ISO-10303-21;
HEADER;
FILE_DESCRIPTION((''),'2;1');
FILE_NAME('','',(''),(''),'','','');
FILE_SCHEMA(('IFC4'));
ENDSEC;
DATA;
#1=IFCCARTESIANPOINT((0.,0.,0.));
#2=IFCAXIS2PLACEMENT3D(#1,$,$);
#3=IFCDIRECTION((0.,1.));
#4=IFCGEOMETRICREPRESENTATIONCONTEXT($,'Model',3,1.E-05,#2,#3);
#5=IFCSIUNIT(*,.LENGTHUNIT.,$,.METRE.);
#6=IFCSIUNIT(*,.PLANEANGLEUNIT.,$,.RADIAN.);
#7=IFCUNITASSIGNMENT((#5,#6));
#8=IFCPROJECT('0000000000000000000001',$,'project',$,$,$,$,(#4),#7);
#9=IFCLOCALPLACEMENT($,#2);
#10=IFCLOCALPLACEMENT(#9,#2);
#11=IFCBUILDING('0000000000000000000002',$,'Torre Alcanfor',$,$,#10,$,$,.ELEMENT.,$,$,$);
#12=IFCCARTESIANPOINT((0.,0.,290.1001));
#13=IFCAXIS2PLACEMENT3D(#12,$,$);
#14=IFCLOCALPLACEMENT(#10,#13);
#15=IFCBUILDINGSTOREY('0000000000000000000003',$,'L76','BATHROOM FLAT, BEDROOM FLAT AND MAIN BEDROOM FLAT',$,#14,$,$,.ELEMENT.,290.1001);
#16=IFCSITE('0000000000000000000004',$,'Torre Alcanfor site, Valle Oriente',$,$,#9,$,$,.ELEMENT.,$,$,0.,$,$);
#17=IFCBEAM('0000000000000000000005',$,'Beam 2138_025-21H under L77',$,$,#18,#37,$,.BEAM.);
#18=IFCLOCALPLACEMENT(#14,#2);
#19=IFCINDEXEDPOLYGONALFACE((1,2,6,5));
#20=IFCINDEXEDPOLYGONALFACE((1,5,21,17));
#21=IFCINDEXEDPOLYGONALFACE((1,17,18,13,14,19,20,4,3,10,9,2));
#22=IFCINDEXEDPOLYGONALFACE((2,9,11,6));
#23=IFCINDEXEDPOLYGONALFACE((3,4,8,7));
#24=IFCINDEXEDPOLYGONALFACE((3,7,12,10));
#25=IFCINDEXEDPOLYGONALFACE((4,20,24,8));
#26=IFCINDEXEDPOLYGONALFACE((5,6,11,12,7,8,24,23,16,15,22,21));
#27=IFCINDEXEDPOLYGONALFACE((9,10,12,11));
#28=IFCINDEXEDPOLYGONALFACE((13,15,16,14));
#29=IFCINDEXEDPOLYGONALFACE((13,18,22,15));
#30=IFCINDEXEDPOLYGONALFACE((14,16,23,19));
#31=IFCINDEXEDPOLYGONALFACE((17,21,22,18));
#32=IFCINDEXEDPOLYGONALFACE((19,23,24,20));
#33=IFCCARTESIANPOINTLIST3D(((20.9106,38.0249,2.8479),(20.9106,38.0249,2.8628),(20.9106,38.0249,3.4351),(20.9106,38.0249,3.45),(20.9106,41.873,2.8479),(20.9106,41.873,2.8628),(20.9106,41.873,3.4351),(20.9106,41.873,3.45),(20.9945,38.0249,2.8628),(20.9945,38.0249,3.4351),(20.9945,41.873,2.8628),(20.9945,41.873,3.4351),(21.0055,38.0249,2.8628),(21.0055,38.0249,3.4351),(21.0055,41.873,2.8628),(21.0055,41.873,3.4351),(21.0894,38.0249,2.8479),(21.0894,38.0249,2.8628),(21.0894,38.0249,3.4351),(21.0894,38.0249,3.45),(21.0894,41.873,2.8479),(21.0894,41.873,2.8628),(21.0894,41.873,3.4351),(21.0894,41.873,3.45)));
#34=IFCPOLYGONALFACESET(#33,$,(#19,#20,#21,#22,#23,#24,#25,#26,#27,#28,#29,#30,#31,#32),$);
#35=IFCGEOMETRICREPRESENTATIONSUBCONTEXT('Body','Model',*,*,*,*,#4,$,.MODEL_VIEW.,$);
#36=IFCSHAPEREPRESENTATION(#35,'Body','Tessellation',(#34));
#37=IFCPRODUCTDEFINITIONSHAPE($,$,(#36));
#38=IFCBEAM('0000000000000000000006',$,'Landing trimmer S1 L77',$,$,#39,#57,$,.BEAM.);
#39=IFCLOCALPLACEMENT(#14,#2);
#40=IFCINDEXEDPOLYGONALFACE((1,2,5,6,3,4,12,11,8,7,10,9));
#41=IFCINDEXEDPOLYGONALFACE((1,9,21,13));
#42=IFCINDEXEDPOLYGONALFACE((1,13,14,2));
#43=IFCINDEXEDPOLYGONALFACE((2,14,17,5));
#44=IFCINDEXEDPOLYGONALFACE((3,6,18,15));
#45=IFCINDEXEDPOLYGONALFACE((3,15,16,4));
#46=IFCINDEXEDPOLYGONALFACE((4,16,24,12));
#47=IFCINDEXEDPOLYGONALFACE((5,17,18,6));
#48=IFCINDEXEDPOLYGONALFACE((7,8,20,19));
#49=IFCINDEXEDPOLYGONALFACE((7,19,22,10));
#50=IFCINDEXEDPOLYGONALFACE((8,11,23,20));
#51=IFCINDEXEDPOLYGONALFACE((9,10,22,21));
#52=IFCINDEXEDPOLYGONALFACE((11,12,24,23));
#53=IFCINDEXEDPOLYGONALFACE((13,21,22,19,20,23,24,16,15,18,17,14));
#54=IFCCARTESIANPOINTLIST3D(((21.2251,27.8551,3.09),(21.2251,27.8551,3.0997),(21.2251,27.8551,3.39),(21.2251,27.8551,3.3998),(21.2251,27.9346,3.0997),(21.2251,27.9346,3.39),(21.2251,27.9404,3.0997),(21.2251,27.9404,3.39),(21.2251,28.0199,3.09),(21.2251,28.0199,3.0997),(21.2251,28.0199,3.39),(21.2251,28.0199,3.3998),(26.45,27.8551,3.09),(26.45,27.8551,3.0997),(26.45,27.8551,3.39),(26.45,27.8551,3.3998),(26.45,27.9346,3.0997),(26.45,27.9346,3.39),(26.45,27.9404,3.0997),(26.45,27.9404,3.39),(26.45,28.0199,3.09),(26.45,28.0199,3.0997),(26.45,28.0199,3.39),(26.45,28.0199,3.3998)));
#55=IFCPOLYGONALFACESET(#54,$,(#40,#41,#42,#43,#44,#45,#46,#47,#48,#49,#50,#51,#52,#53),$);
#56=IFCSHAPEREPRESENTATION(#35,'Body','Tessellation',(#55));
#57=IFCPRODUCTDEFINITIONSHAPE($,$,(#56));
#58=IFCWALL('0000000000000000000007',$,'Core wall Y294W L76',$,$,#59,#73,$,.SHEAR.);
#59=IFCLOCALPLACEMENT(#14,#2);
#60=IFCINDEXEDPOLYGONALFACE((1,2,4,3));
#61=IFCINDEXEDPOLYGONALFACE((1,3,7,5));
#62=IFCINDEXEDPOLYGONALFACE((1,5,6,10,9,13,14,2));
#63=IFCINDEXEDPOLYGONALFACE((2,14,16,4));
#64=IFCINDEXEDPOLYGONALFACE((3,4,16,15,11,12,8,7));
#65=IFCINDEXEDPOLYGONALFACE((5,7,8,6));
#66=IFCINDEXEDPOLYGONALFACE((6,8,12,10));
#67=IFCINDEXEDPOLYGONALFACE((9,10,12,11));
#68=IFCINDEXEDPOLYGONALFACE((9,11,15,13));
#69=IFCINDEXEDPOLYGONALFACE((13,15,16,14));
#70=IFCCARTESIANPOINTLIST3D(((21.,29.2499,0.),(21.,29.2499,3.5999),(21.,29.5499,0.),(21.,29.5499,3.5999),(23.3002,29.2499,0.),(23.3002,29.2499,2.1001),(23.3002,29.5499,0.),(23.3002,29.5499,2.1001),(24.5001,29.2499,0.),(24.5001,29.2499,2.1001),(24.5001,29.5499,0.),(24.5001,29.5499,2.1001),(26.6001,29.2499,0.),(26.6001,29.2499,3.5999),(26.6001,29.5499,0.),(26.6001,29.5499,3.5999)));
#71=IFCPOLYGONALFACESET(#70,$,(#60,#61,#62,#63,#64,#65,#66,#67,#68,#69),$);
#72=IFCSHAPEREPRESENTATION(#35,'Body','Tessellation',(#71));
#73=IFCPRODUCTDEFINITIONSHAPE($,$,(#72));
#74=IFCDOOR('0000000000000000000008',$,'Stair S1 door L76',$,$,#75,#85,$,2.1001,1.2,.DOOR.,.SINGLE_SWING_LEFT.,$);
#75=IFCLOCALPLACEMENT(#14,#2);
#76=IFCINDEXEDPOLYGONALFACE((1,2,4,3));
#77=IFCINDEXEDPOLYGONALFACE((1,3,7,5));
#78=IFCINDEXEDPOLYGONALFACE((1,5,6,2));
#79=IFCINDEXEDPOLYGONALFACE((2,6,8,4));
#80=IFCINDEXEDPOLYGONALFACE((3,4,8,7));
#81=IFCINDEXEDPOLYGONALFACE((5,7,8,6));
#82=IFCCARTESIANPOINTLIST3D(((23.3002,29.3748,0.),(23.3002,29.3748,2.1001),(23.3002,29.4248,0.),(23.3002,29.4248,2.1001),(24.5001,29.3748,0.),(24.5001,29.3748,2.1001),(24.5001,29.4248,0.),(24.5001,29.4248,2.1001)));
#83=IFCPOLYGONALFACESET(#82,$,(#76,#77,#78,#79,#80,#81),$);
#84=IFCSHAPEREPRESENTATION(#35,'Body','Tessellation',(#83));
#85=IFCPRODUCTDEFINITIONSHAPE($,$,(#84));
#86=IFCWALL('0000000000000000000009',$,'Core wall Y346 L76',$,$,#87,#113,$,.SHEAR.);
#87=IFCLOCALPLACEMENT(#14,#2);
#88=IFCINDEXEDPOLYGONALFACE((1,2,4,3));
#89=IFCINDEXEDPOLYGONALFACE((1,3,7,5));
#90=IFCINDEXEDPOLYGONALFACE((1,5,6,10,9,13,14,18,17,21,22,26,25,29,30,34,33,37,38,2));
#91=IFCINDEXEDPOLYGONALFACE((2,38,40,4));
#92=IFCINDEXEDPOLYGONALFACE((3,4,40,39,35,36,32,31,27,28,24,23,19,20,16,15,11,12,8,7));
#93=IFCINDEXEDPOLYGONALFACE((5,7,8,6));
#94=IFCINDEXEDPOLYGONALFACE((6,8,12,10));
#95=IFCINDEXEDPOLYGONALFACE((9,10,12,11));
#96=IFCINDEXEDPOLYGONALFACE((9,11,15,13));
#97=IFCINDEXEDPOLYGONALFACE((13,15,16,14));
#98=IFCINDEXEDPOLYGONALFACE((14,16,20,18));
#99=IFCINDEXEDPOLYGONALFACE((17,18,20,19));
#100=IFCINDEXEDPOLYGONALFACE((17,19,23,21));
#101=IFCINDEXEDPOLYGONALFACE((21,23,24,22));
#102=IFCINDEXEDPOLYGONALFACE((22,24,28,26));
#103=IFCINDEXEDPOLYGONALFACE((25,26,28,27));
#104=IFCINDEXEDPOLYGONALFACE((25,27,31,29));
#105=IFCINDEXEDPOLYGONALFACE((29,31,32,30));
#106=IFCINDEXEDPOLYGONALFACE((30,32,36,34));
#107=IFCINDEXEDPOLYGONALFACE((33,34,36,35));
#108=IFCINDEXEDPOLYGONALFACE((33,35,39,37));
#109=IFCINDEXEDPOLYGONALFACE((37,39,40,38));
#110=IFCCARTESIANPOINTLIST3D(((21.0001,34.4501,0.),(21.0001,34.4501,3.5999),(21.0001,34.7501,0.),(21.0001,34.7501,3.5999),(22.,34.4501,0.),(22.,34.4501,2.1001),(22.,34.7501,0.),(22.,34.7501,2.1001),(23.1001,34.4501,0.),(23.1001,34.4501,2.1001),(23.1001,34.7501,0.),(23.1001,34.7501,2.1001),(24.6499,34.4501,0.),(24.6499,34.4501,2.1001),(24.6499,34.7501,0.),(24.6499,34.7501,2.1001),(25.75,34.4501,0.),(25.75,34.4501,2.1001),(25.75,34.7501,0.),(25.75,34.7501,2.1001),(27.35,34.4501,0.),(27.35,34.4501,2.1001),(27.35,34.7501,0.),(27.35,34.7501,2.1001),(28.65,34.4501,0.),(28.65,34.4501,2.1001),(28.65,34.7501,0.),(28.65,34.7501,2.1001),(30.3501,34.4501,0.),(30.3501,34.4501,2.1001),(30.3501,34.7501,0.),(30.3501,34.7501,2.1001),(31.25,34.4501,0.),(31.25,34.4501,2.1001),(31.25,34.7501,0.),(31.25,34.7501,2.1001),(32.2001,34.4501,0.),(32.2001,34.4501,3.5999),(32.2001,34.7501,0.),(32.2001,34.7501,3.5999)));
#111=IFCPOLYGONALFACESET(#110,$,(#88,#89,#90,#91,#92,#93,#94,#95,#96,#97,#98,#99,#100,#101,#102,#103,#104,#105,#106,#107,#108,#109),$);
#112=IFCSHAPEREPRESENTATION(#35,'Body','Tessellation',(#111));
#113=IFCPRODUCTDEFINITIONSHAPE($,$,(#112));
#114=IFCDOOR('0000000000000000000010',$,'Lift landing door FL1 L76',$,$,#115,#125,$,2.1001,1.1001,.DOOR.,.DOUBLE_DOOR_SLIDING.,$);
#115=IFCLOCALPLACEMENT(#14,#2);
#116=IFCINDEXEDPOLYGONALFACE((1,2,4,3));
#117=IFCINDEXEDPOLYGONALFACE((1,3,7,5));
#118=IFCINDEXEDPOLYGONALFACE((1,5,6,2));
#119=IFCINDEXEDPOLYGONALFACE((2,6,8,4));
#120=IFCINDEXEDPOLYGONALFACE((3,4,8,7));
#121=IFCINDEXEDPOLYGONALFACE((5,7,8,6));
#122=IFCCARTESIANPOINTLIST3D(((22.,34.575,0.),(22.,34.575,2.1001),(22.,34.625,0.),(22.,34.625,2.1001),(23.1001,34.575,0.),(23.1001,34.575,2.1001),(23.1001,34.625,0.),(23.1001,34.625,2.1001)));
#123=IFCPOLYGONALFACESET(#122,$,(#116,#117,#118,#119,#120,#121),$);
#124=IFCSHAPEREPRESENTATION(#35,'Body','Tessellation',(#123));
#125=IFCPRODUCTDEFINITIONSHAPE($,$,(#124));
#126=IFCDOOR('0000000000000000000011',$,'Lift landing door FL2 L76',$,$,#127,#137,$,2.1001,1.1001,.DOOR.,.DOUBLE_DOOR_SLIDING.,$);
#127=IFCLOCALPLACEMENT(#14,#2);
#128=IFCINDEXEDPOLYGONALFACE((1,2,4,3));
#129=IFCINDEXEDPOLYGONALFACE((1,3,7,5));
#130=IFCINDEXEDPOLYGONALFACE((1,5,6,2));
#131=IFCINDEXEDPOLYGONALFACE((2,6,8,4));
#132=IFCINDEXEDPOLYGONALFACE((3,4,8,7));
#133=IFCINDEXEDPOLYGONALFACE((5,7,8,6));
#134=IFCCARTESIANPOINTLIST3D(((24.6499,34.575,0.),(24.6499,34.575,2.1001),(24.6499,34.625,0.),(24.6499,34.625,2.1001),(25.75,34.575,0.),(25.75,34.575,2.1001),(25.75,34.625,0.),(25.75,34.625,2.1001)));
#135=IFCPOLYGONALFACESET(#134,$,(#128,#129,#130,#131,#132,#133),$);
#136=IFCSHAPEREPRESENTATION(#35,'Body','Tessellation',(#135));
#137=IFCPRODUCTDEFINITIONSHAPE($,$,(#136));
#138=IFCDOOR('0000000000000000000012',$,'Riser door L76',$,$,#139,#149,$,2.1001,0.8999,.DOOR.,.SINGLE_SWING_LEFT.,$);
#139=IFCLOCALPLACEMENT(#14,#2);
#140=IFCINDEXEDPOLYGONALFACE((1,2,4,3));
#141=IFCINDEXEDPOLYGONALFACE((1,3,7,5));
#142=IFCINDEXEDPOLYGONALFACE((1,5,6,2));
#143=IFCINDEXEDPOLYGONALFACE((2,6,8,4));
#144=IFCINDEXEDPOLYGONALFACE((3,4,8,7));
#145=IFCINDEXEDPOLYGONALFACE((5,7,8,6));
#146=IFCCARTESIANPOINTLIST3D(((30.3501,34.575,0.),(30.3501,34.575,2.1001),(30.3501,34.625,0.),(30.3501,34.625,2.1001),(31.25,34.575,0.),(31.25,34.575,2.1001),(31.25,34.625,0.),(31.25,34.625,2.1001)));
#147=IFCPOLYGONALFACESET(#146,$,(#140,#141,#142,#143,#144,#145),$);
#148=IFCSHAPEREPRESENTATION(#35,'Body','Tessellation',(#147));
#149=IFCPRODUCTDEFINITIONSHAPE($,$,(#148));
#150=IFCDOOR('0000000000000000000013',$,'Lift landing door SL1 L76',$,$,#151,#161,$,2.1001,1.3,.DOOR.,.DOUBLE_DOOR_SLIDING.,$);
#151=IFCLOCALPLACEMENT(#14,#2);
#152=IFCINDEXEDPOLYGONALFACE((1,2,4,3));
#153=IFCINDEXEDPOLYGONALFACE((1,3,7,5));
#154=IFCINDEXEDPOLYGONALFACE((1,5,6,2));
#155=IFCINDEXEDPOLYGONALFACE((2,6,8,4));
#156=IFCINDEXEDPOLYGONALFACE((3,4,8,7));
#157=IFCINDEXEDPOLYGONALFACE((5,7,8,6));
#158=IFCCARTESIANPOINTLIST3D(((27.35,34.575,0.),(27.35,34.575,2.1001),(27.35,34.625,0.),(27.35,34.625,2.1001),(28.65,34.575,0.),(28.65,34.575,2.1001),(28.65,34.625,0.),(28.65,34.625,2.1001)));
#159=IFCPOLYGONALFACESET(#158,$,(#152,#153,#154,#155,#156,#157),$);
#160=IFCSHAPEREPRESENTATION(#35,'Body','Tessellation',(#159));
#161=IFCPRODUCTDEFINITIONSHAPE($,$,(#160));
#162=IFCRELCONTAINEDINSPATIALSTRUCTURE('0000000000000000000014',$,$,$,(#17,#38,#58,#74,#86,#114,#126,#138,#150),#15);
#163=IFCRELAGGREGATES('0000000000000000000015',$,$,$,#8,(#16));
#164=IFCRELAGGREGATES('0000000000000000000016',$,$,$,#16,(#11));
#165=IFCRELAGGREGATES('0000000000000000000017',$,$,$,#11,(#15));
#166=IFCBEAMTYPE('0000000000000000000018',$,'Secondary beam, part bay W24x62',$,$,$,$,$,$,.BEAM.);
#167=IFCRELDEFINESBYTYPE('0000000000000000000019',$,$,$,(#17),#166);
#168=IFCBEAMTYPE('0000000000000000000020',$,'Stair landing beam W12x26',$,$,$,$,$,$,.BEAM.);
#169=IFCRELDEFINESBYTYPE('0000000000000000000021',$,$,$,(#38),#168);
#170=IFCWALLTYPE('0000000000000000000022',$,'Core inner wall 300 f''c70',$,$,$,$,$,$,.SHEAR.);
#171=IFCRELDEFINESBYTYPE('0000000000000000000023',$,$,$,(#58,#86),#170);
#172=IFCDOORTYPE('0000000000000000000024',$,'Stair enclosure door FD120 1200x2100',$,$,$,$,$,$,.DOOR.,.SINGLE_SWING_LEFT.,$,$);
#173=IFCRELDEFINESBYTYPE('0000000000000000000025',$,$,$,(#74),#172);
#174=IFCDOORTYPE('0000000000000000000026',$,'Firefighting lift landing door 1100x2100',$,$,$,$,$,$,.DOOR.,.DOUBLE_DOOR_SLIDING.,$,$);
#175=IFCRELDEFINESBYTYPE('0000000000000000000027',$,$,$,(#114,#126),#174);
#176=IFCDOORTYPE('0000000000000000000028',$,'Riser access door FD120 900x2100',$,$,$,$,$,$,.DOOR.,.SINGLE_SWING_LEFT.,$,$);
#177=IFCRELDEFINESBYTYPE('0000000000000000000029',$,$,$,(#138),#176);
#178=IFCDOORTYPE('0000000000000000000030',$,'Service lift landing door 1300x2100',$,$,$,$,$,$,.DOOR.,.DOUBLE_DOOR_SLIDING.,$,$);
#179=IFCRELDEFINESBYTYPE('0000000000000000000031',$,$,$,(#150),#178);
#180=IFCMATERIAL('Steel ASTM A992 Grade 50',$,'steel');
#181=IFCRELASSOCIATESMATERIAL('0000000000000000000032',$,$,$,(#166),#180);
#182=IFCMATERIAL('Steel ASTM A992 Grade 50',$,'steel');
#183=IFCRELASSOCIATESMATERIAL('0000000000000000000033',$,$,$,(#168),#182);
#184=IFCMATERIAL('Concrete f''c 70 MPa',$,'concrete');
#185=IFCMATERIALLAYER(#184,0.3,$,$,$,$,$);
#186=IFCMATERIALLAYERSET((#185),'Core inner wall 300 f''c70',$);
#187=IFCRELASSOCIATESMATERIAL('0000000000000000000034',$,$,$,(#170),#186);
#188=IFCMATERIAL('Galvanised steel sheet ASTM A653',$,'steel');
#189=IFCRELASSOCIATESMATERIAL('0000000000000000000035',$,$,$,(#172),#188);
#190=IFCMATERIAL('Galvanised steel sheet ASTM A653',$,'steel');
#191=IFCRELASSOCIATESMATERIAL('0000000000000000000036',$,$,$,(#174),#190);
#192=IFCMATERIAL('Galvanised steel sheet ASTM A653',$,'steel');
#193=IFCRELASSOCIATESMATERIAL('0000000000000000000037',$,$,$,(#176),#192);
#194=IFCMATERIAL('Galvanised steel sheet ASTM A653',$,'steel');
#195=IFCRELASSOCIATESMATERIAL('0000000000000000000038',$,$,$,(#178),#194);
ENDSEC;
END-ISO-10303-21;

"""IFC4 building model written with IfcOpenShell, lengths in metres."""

from ifc_helpers import new_model, si_unit, direction, frame, frame_2d, origin, origin_2d, place, context, subcontext, project, spatial, rectangle, i_section, extrude, material, layer, layer_set, material_profile, profile_set, type_object, element, fill, save


model = new_model("IFC4")

# Units and contexts
model_context = context("Model", 3, precision=1e-05, world=origin(), true_north=direction((0.0, 1.0)))
body_context = subcontext(model_context, "Body", "Model", "MODEL_VIEW")
ifc_project = project(units=[si_unit("LENGTHUNIT", "METRE"), si_unit("PLANEANGLEUNIT", "RADIAN")], contexts=[model_context])

# Site, building, storey
site_placement = place(None, origin())
site = spatial("IfcSite", under=ifc_project, at=site_placement, Name="Torre Alcanfor site, Valle Oriente", CompositionType="ELEMENT", RefElevation=0.0)
building_placement = place(site_placement, origin())
building = spatial("IfcBuilding", under=site, at=building_placement, Name="Torre Alcanfor", CompositionType="ELEMENT")
storey_placement = place(building_placement, frame((0.0, 0.0, 290.1001)))
storey = spatial("IfcBuildingStorey", under=building, at=storey_placement, Name="L76", Description="BATHROOM FLAT, BEDROOM FLAT AND MAIN BEDROOM FLAT", CompositionType="ELEMENT", Elevation=290.1001)

# Beams
ifc_material_1 = material(Name="Steel ASTM A992 Grade 50", Category="steel")
ifc_material_profile_1 = material_profile(ifc_material_1, i_section(OverallWidth=0.1787, OverallDepth=0.6021, WebThickness=0.011, FlangeThickness=0.0149, at=origin_2d()), Name="W24x62")
ifc_profile_set_1 = profile_set([ifc_material_profile_1], Name="Steel ASTM A992 Grade 50")
beam_type_1 = type_object("IfcBeamType", Name="Secondary beam, part bay W24x62", PredefinedType="BEAM", material=ifc_profile_set_1)
beam_1_placement = place(storey_placement, frame((21.0, 38.0249, 3.1489), z_axis=(0.0, 1.0, 0.0), x_axis=(-1.0, 0.0, 0.0)))
element("IfcBeam", 1, at=beam_1_placement, inside=storey, type_object=beam_type_1, Name="Beam 2138_025-21H under L77", PredefinedType="BEAM", context=body_context, shape_type="SweptSolid", body=[
    extrude(i_section(OverallWidth=0.1787, OverallDepth=0.6021, WebThickness=0.011, FlangeThickness=0.0149, at=origin_2d()), origin(), (0.0, 0.0, 1.0), 3.8481),
])
ifc_material_2 = material(Name="Steel ASTM A992 Grade 50", Category="steel")
ifc_material_profile_2 = material_profile(ifc_material_2, i_section(OverallWidth=0.1648, OverallDepth=0.3098, WebThickness=0.0059, FlangeThickness=0.0098, at=origin_2d()), Name="W12x26")
ifc_profile_set_2 = profile_set([ifc_material_profile_2], Name="Steel ASTM A992 Grade 50")
beam_type_2 = type_object("IfcBeamType", Name="Stair landing beam W12x26", PredefinedType="BEAM", material=ifc_profile_set_2)
beam_2_placement = place(storey_placement, frame((21.2251, 27.9375, 3.2449), z_axis=(1.0, 0.0, 0.0), x_axis=(0.0, 1.0, 0.0)))
element("IfcBeam", 2, at=beam_2_placement, inside=storey, type_object=beam_type_2, Name="Landing trimmer S1 L77", PredefinedType="BEAM", context=body_context, shape_type="SweptSolid", body=[
    extrude(i_section(OverallWidth=0.1648, OverallDepth=0.3098, WebThickness=0.0059, FlangeThickness=0.0098, at=origin_2d()), origin(), (0.0, 0.0, 1.0), 5.2249),
])

# Wall, opening, door
ifc_material_3 = material(Name="Concrete f'c 70 MPa", Category="concrete")
ifc_layer_1 = layer(ifc_material_3, 0.3)
ifc_layer_set_1 = layer_set([ifc_layer_1], Name="Core inner wall 300 f'c70")
wall_type_1 = type_object("IfcWallType", Name="Core inner wall 300 f'c70", PredefinedType="SHEAR", material=ifc_layer_set_1)
wall_1_placement = place(storey_placement, frame((21.0, 29.3999, 0.0), z_axis=(0.0, 0.0, 1.0), x_axis=(1.0, 0.0, 0.0)))
wall_1 = element("IfcWall", 3, at=wall_1_placement, inside=storey, type_object=wall_type_1, Name="Core wall Y294W L76", PredefinedType="SHEAR", context=body_context, shape_type="SweptSolid", body=[
    extrude(rectangle(XDim=5.6001, YDim=0.3, at=frame_2d((2.8, 0.0))), origin(), (0.0, 0.0, 1.0), 3.5999),
])
opening_1_placement = place(wall_1_placement, frame((2.3, 0.0, 0.0)))
opening_1 = element("IfcOpeningElement", 4, at=opening_1_placement, cuts=wall_1, PredefinedType="OPENING", context=body_context, shape_type="SweptSolid", body=[
    extrude(rectangle(XDim=1.2, YDim=2.1001, at=frame_2d((0.6001, 1.05))), frame((0.0, 0.1599, 0.0), z_axis=(0.0, -1.0, 0.0), x_axis=(1.0, 0.0, 0.0)), (0.0, 0.0, 1.0), 0.3201),
])
ifc_material_4 = material(Name="Galvanised steel sheet ASTM A653", Category="steel")
door_type_1 = type_object("IfcDoorType", Name="Stair enclosure door FD120 1200x2100", OperationType="SINGLE_SWING_LEFT", PredefinedType="DOOR", material=ifc_material_4)
door_1_placement = place(opening_1_placement, frame((1.2, 0.0, 0.0), z_axis=(0.0, 0.0, 1.0), x_axis=(-1.0, 0.0, 0.0)))
door_1 = element("IfcDoor", 5, at=door_1_placement, inside=storey, type_object=door_type_1, Name="Stair S1 door L76", OperationType="SINGLE_SWING_LEFT", OverallHeight=2.1001, OverallWidth=1.2, PredefinedType="DOOR", context=body_context, shape_type="SweptSolid", body=[
    extrude(rectangle(XDim=1.2, YDim=2.1001, at=frame_2d((0.5999, 1.05))), frame((0.0, 0.0251, 0.0), z_axis=(0.0, -1.0, 0.0), x_axis=(1.0, 0.0, 0.0)), (0.0, 0.0, 1.0), 0.05),
])
fill(opening_1, door_1)

# Wall, openings, doors
wall_2_placement = place(storey_placement, frame((21.0, 34.6001, 0.0), z_axis=(0.0, 0.0, 1.0), x_axis=(1.0, 0.0, 0.0)))
wall_2 = element("IfcWall", 6, at=wall_2_placement, inside=storey, type_object=wall_type_1, Name="Core wall Y346 L76", PredefinedType="SHEAR", context=body_context, shape_type="SweptSolid", body=[
    extrude(rectangle(XDim=11.2, YDim=0.3, at=frame_2d((5.6001, 0.0))), origin(), (0.0, 0.0, 1.0), 3.5999),
])
opening_2_placement = place(wall_2_placement, frame((9.3501, 0.0, 0.0)))
opening_2 = element("IfcOpeningElement", 7, at=opening_2_placement, cuts=wall_2, PredefinedType="OPENING", context=body_context, shape_type="SweptSolid", body=[
    extrude(rectangle(XDim=0.8999, YDim=2.1001, at=frame_2d((0.45, 1.05))), frame((0.0, 0.1599, 0.0), z_axis=(0.0, -1.0, 0.0), x_axis=(1.0, 0.0, 0.0)), (0.0, 0.0, 1.0), 0.3201),
])
opening_3_placement = place(wall_2_placement, frame((1.0, 0.0, 0.0)))
opening_3 = element("IfcOpeningElement", 8, at=opening_3_placement, cuts=wall_2, PredefinedType="OPENING", context=body_context, shape_type="SweptSolid", body=[
    extrude(rectangle(XDim=1.1001, YDim=2.1001, at=frame_2d((0.55, 1.05))), frame((0.0, 0.1599, 0.0), z_axis=(0.0, -1.0, 0.0), x_axis=(1.0, 0.0, 0.0)), (0.0, 0.0, 1.0), 0.3201),
])
opening_4_placement = place(wall_2_placement, frame((3.6499, 0.0, 0.0)))
opening_4 = element("IfcOpeningElement", 9, at=opening_4_placement, cuts=wall_2, PredefinedType="OPENING", context=body_context, shape_type="SweptSolid", body=[
    extrude(rectangle(XDim=1.1001, YDim=2.1001, at=frame_2d((0.55, 1.05))), frame((0.0, 0.1599, 0.0), z_axis=(0.0, -1.0, 0.0), x_axis=(1.0, 0.0, 0.0)), (0.0, 0.0, 1.0), 0.3201),
])
opening_5_placement = place(wall_2_placement, frame((6.3501, 0.0, 0.0)))
opening_5 = element("IfcOpeningElement", 10, at=opening_5_placement, cuts=wall_2, PredefinedType="OPENING", context=body_context, shape_type="SweptSolid", body=[
    extrude(rectangle(XDim=1.3, YDim=2.1001, at=frame_2d((0.6499, 1.05))), frame((0.0, 0.1599, 0.0), z_axis=(0.0, -1.0, 0.0), x_axis=(1.0, 0.0, 0.0)), (0.0, 0.0, 1.0), 0.3201),
])
ifc_material_5 = material(Name="Galvanised steel sheet ASTM A653", Category="steel")
door_type_2 = type_object("IfcDoorType", Name="Firefighting lift landing door 1100x2100", OperationType="DOUBLE_DOOR_SLIDING", PredefinedType="DOOR", material=ifc_material_5)
door_2_placement = place(opening_3_placement, origin())
door_2 = element("IfcDoor", 11, at=door_2_placement, inside=storey, type_object=door_type_2, Name="Lift landing door FL1 L76", OperationType="DOUBLE_DOOR_SLIDING", OverallHeight=2.1001, OverallWidth=1.1001, PredefinedType="DOOR", context=body_context, shape_type="SweptSolid", body=[
    extrude(rectangle(XDim=1.1001, YDim=2.1001, at=frame_2d((0.55, 1.05))), frame((0.0, 0.0249, 0.0), z_axis=(0.0, -1.0, 0.0), x_axis=(1.0, 0.0, 0.0)), (0.0, 0.0, 1.0), 0.05),
])
fill(opening_3, door_2)
door_3_placement = place(opening_4_placement, origin())
door_3 = element("IfcDoor", 12, at=door_3_placement, inside=storey, type_object=door_type_2, Name="Lift landing door FL2 L76", OperationType="DOUBLE_DOOR_SLIDING", OverallHeight=2.1001, OverallWidth=1.1001, PredefinedType="DOOR", context=body_context, shape_type="SweptSolid", body=[
    extrude(rectangle(XDim=1.1001, YDim=2.1001, at=frame_2d((0.55, 1.05))), frame((0.0, 0.0249, 0.0), z_axis=(0.0, -1.0, 0.0), x_axis=(1.0, 0.0, 0.0)), (0.0, 0.0, 1.0), 0.05),
])
fill(opening_4, door_3)
ifc_material_6 = material(Name="Galvanised steel sheet ASTM A653", Category="steel")
door_type_3 = type_object("IfcDoorType", Name="Riser access door FD120 900x2100", OperationType="SINGLE_SWING_LEFT", PredefinedType="DOOR", material=ifc_material_6)
door_4_placement = place(opening_2_placement, origin())
door_4 = element("IfcDoor", 13, at=door_4_placement, inside=storey, type_object=door_type_3, Name="Riser door L76", OperationType="SINGLE_SWING_LEFT", OverallHeight=2.1001, OverallWidth=0.8999, PredefinedType="DOOR", context=body_context, shape_type="SweptSolid", body=[
    extrude(rectangle(XDim=0.8999, YDim=2.1001, at=frame_2d((0.45, 1.05))), frame((0.0, 0.0249, 0.0), z_axis=(0.0, -1.0, 0.0), x_axis=(1.0, 0.0, 0.0)), (0.0, 0.0, 1.0), 0.05),
])
fill(opening_2, door_4)
ifc_material_7 = material(Name="Galvanised steel sheet ASTM A653", Category="steel")
door_type_4 = type_object("IfcDoorType", Name="Service lift landing door 1300x2100", OperationType="DOUBLE_DOOR_SLIDING", PredefinedType="DOOR", material=ifc_material_7)
door_5_placement = place(opening_5_placement, origin())
door_5 = element("IfcDoor", 14, at=door_5_placement, inside=storey, type_object=door_type_4, Name="Lift landing door SL1 L76", OperationType="DOUBLE_DOOR_SLIDING", OverallHeight=2.1001, OverallWidth=1.3, PredefinedType="DOOR", context=body_context, shape_type="SweptSolid", body=[
    extrude(rectangle(XDim=1.3, YDim=2.1001, at=frame_2d((0.6499, 1.05))), frame((0.0, 0.0249, 0.0), z_axis=(0.0, -1.0, 0.0), x_axis=(1.0, 0.0, 0.0)), (0.0, 0.0, 1.0), 0.05),
])
fill(opening_5, door_5)

save(model, "model.ifc")
